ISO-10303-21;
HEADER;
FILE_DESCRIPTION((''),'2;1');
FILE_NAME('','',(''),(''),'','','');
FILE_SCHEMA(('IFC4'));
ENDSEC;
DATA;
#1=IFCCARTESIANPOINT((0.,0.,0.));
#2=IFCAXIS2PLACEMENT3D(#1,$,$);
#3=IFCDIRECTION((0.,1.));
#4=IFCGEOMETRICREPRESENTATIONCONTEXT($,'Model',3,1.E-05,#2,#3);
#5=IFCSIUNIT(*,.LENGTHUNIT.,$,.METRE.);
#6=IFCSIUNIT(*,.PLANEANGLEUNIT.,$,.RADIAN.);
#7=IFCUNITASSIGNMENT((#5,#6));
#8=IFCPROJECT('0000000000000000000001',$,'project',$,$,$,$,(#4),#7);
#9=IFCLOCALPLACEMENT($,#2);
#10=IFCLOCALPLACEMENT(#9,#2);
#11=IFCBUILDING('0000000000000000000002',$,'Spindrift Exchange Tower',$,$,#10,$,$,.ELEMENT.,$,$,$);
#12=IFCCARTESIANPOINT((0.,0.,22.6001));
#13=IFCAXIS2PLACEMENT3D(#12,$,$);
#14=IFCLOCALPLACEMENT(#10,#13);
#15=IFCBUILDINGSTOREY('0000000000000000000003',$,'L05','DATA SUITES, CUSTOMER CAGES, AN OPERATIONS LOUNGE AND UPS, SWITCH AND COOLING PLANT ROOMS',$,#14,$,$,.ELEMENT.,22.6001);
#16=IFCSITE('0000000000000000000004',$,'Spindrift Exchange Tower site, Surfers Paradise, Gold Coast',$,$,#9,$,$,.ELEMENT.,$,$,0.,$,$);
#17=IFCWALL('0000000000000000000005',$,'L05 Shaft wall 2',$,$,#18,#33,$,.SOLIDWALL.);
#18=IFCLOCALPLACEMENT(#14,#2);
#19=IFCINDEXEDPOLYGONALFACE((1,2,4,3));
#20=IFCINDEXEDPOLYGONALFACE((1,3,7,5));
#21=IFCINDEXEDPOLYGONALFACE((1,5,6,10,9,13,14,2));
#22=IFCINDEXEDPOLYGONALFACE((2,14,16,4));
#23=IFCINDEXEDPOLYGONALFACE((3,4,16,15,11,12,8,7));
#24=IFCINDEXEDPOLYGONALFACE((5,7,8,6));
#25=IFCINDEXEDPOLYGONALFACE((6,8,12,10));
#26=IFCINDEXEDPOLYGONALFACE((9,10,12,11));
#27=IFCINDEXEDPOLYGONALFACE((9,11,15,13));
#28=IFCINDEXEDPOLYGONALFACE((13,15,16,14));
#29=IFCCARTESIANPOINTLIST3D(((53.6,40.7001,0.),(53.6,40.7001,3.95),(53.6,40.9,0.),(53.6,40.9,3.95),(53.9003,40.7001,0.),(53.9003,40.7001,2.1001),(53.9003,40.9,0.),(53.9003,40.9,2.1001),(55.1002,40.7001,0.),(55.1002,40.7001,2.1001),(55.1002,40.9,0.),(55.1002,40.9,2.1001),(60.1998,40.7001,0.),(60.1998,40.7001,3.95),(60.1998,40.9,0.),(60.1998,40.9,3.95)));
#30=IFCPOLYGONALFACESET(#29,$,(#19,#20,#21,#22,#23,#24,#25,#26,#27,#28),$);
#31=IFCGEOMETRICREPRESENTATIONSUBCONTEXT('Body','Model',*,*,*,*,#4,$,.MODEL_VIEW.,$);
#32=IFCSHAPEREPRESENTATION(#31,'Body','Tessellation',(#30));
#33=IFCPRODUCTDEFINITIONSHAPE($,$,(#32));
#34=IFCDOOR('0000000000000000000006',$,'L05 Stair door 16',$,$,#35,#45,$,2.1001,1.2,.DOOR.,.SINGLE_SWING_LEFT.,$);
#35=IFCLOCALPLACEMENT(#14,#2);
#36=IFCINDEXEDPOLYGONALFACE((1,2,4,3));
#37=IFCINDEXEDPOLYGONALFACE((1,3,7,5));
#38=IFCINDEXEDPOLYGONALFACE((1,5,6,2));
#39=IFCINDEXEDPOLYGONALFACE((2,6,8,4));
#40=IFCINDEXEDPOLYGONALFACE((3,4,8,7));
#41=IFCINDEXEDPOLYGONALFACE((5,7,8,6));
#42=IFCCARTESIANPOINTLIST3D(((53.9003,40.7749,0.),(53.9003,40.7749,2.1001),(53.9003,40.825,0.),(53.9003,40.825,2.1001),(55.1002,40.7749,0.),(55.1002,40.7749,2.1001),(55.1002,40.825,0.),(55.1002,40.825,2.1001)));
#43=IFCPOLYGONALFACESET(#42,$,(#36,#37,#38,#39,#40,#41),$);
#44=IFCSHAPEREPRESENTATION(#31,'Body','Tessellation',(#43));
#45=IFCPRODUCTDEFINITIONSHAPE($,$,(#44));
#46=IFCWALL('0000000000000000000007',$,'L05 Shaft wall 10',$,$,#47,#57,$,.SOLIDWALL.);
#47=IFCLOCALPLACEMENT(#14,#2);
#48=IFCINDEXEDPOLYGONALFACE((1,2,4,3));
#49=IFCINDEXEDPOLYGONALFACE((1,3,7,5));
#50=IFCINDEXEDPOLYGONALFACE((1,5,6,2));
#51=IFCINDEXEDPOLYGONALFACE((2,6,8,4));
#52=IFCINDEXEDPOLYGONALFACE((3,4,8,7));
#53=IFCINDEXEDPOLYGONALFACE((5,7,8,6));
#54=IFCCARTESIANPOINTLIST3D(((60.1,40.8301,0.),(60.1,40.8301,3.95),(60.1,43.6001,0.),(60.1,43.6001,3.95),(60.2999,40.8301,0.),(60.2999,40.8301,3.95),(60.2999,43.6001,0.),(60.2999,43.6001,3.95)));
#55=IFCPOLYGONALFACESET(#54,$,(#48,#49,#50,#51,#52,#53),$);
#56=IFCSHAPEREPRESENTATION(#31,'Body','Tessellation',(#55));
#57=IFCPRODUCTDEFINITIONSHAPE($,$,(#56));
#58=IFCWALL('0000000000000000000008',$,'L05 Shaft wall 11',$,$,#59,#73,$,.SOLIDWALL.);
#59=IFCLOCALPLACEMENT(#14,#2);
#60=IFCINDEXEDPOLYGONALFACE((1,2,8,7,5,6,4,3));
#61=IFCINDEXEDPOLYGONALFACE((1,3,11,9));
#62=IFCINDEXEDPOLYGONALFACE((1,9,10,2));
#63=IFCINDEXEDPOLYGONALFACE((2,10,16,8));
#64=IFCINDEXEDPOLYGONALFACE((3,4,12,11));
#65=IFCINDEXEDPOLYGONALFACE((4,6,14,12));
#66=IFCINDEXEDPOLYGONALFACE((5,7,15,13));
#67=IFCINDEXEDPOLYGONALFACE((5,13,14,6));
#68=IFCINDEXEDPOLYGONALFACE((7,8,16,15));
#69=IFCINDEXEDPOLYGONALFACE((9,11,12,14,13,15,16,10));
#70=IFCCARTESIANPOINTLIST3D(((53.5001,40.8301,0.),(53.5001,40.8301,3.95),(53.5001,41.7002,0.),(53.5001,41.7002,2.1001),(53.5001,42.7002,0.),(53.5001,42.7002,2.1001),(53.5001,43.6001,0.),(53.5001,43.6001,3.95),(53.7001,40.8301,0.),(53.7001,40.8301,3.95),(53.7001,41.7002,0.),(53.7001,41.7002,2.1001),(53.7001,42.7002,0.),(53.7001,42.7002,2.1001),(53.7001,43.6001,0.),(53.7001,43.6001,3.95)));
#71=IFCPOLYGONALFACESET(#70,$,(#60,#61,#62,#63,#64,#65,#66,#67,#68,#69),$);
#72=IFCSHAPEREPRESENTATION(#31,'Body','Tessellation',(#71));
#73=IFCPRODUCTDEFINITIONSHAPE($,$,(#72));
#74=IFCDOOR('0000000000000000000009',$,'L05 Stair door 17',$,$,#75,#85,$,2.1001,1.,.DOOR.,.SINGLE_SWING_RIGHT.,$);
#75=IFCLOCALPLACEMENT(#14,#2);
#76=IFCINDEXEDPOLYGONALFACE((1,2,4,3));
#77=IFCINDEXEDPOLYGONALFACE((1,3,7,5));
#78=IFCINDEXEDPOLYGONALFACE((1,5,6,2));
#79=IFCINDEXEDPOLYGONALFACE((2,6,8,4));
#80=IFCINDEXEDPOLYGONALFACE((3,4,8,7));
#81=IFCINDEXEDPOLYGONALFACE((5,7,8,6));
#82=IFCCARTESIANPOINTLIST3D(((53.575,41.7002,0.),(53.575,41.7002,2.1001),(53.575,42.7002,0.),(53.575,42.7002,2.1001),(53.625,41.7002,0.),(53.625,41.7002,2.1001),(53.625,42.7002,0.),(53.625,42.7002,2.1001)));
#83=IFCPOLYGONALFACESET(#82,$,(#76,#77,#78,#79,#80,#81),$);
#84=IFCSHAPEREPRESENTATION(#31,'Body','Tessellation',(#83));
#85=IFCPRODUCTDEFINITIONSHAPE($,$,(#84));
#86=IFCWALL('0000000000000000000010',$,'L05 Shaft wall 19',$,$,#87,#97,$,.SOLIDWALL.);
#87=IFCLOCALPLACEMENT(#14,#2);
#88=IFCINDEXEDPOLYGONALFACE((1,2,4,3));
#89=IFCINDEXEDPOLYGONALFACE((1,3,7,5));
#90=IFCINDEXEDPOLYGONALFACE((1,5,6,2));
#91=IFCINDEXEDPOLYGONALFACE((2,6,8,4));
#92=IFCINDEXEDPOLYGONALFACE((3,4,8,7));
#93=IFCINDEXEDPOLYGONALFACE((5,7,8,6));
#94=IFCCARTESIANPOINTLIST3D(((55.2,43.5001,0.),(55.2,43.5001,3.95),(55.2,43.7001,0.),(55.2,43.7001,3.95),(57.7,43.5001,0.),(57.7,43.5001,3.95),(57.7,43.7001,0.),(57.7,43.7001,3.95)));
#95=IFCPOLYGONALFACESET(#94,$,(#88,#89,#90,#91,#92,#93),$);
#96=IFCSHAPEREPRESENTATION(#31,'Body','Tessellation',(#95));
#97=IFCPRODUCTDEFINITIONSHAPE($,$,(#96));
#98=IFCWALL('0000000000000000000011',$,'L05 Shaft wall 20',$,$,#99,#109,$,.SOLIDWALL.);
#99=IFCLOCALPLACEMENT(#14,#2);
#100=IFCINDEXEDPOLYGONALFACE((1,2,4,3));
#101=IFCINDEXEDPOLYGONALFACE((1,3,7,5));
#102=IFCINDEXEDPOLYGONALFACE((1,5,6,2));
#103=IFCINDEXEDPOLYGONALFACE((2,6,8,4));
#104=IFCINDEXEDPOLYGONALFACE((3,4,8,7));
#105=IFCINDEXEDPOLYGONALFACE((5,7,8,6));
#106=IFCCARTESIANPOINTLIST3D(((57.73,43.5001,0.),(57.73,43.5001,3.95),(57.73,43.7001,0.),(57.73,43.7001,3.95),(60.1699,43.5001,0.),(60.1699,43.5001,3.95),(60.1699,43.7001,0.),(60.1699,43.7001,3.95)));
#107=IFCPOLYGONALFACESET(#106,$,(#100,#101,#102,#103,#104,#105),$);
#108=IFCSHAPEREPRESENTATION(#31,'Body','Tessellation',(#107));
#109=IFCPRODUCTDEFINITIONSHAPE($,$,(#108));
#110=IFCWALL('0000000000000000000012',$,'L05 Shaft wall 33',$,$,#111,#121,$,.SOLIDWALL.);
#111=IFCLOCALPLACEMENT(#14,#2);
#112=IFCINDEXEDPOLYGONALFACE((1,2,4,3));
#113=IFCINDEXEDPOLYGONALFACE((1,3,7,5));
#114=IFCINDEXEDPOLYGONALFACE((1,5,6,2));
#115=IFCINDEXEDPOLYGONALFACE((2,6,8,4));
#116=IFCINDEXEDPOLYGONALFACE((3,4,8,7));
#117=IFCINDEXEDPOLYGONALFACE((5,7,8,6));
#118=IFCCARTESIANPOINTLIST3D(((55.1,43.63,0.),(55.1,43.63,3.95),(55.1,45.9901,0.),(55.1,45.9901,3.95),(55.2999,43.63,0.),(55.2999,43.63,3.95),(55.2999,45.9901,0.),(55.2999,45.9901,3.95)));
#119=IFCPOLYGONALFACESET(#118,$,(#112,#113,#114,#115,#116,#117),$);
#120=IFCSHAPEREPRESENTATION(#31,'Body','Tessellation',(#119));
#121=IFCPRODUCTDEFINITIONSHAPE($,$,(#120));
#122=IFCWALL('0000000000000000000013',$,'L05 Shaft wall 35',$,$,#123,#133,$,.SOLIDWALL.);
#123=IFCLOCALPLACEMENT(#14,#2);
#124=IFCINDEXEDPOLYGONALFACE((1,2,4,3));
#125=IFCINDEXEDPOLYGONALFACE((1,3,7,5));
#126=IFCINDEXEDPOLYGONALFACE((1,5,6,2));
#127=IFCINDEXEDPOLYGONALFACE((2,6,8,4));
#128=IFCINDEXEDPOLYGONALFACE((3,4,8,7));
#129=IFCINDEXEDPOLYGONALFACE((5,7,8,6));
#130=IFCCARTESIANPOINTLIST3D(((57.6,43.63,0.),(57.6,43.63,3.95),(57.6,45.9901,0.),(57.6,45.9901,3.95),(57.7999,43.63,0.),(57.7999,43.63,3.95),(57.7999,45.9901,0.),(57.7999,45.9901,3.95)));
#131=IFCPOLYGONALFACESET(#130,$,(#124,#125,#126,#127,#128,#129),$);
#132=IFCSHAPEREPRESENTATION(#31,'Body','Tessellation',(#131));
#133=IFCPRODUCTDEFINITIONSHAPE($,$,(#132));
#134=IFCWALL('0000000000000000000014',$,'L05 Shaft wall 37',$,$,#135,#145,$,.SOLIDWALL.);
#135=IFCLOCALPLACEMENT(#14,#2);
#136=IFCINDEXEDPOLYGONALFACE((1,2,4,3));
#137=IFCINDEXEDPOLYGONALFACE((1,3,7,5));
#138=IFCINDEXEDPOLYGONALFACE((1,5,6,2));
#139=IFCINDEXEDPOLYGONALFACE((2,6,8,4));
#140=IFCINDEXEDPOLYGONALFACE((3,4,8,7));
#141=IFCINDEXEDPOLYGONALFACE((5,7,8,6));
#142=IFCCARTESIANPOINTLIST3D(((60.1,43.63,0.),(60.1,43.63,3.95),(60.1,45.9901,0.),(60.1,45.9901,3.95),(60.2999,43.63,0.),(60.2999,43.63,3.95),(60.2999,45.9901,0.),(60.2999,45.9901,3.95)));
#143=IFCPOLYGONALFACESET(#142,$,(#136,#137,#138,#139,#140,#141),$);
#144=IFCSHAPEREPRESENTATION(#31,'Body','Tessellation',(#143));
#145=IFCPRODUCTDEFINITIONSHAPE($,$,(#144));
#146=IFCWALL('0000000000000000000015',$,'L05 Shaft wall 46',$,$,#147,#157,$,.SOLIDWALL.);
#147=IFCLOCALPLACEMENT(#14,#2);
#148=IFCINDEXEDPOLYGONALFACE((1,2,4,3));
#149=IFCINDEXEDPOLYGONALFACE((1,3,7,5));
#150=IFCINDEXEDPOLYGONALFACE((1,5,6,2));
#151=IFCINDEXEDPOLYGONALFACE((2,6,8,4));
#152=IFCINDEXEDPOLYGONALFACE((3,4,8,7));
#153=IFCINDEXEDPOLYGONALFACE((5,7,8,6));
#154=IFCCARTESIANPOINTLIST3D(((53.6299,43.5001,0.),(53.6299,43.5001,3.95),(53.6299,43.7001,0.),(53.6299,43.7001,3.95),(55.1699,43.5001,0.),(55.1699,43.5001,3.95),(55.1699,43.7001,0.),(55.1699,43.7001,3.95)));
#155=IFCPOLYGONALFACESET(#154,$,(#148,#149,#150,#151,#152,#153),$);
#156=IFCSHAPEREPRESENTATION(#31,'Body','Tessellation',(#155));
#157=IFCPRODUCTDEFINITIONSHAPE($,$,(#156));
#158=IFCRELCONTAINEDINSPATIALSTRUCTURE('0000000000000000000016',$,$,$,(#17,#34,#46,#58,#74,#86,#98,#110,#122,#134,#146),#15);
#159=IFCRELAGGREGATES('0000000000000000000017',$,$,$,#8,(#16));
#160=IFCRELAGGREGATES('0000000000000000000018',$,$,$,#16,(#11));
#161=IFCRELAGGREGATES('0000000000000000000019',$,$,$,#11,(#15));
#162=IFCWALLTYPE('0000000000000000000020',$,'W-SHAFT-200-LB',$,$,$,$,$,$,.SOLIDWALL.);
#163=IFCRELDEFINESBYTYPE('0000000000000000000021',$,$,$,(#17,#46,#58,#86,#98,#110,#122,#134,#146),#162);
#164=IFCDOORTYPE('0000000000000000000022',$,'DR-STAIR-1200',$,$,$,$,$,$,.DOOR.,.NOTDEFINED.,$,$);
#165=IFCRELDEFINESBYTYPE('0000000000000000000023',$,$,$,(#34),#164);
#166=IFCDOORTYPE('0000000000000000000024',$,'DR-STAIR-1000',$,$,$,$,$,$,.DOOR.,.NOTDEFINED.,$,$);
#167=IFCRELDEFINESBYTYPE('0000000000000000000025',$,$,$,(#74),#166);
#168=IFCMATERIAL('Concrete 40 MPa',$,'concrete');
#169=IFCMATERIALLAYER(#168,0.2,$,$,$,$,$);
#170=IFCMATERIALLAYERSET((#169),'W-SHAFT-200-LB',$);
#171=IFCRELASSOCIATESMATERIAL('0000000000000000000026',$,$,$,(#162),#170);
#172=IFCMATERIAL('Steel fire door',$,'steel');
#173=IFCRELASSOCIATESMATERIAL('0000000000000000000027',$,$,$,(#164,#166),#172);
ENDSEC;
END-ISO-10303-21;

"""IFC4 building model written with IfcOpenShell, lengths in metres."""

from ifc_helpers import new_model, si_unit, direction, frame, frame_2d, origin, place, context, subcontext, project, spatial, rectangle, extrude, source, transform, mapped, material, layer, layer_set, type_object, element, fill, save


model = new_model("IFC4")

# Units and contexts
model_context = context("Model", 3, precision=1e-05, world=origin(), true_north=direction((0.0, 1.0)))
body_context = subcontext(model_context, "Body", "Model", "MODEL_VIEW")
ifc_project = project(units=[si_unit("LENGTHUNIT", "METRE"), si_unit("PLANEANGLEUNIT", "RADIAN")], contexts=[model_context])

# Site, building, storey
site_placement = place(None, origin())
site = spatial("IfcSite", under=ifc_project, at=site_placement, Name="Spindrift Exchange Tower site, Surfers Paradise, Gold Coast", CompositionType="ELEMENT", RefElevation=0.0)
building_placement = place(site_placement, origin())
building = spatial("IfcBuilding", under=site, at=building_placement, Name="Spindrift Exchange Tower", CompositionType="ELEMENT")
storey_placement = place(building_placement, frame((0.0, 0.0, 22.6001)))
storey = spatial("IfcBuildingStorey", under=building, at=storey_placement, Name="L05", Description="DATA SUITES, CUSTOMER CAGES, AN OPERATIONS LOUNGE AND UPS, SWITCH AND COOLING PLANT ROOMS", CompositionType="ELEMENT", Elevation=22.6001)

# Wall, opening, door
ifc_material_1 = material(Name="Concrete 40 MPa", Category="concrete")
ifc_layer_1 = layer(ifc_material_1, 0.2)
ifc_layer_set_1 = layer_set([ifc_layer_1], Name="W-SHAFT-200-LB")
wall_type_1 = type_object("IfcWallType", Name="W-SHAFT-200-LB", PredefinedType="SOLIDWALL", material=ifc_layer_set_1)
wall_1_placement = place(storey_placement, frame((53.6001, 40.8, 0.0), z_axis=(0.0, 0.0, 1.0), x_axis=(1.0, 0.0, 0.0)))
wall_1 = element("IfcWall", 1, at=wall_1_placement, inside=storey, type_object=wall_type_1, Name="L05 Shaft wall 2", PredefinedType="SOLIDWALL", context=body_context, shape_type="SweptSolid", body=[
    extrude(rectangle(XDim=6.5999, YDim=0.2, at=frame_2d((3.2998, 0.0))), origin(), (0.0, 0.0, 1.0), 3.95),
])
opening_1_placement = place(wall_1_placement, frame((0.3, 0.0, 0.0)))
opening_1 = element("IfcOpeningElement", 2, at=opening_1_placement, cuts=wall_1, PredefinedType="OPENING", context=body_context, shape_type="SweptSolid", body=[
    extrude(rectangle(XDim=1.2, YDim=2.1001, at=frame_2d((0.6001, 1.05))), frame((0.0, 0.1099, 0.0), z_axis=(0.0, -1.0, 0.0), x_axis=(1.0, 0.0, 0.0)), (0.0, 0.0, 1.0), 0.22),
])
ifc_material_2 = material(Name="Steel fire door", Category="steel")
door_type_1 = type_object("IfcDoorType", Name="DR-STAIR-1200", OperationType="NOTDEFINED", PredefinedType="DOOR", material=ifc_material_2)
shared_shape_1 = source(origin(), body_context, "Body", "SweptSolid", [
    extrude(rectangle(XDim=1.2, YDim=2.1001, at=frame_2d((0.6001, 1.05))), frame((0.0, 0.0249, 0.0), z_axis=(0.0, -1.0, 0.0), x_axis=(1.0, 0.0, 0.0)), (0.0, 0.0, 1.0), 0.05),
])
door_1_placement = place(opening_1_placement, origin())
door_1 = element("IfcDoor", 3, at=door_1_placement, inside=storey, type_object=door_type_1, Name="L05 Stair door 16", OperationType="SINGLE_SWING_LEFT", OverallHeight=2.1001, OverallWidth=1.2, PredefinedType="DOOR", context=body_context, shape_type="MappedRepresentation", body=[
    mapped(shared_shape_1, transform((0.0, 0.0, 0.0), scale=1.0)),
])
fill(opening_1, door_1)

# Wall
wall_2_placement = place(storey_placement, frame((60.2, 40.8301, 0.0), z_axis=(0.0, 0.0, 1.0), x_axis=(0.0, 1.0, 0.0)))
element("IfcWall", 4, at=wall_2_placement, inside=storey, type_object=wall_type_1, Name="L05 Shaft wall 10", PredefinedType="SOLIDWALL", context=body_context, shape_type="SweptSolid", body=[
    extrude(rectangle(XDim=2.77, YDim=0.2, at=frame_2d((1.385, 0.0))), origin(), (0.0, 0.0, 1.0), 3.95),
])

# Wall, opening, door
wall_3_placement = place(storey_placement, frame((53.6001, 43.6001, 0.0), z_axis=(0.0, 0.0, 1.0), x_axis=(0.0, -1.0, 0.0)))
wall_3 = element("IfcWall", 5, at=wall_3_placement, inside=storey, type_object=wall_type_1, Name="L05 Shaft wall 11", PredefinedType="SOLIDWALL", context=body_context, shape_type="SweptSolid", body=[
    extrude(rectangle(XDim=2.77, YDim=0.2, at=frame_2d((1.385, 0.0))), origin(), (0.0, 0.0, 1.0), 3.95),
])
opening_2_placement = place(wall_3_placement, frame((0.8999, 0.0, 0.0)))
opening_2 = element("IfcOpeningElement", 6, at=opening_2_placement, cuts=wall_3, PredefinedType="OPENING", context=body_context, shape_type="SweptSolid", body=[
    extrude(rectangle(XDim=1.0, YDim=2.1001, at=frame_2d((0.5, 1.05))), frame((0.0, 0.1099, 0.0), z_axis=(0.0, -1.0, 0.0), x_axis=(1.0, 0.0, 0.0)), (0.0, 0.0, 1.0), 0.22),
])
door_type_2 = type_object("IfcDoorType", Name="DR-STAIR-1000", OperationType="NOTDEFINED", PredefinedType="DOOR", material=ifc_material_2)
shared_shape_2 = source(origin(), body_context, "Body", "SweptSolid", [
    extrude(rectangle(XDim=1.0, YDim=2.1001, at=frame_2d((0.5, 1.05))), frame((0.0, 0.0249, 0.0), z_axis=(0.0, -1.0, 0.0), x_axis=(1.0, 0.0, 0.0)), (0.0, 0.0, 1.0), 0.05),
])
door_2_placement = place(opening_2_placement, origin())
door_2 = element("IfcDoor", 7, at=door_2_placement, inside=storey, type_object=door_type_2, Name="L05 Stair door 17", OperationType="SINGLE_SWING_RIGHT", OverallHeight=2.1001, OverallWidth=1.0, PredefinedType="DOOR", context=body_context, shape_type="MappedRepresentation", body=[
    mapped(shared_shape_2, transform((0.0, 0.0, 0.0), scale=1.0)),
])
fill(opening_2, door_2)

# Walls
wall_4_placement = place(storey_placement, frame((55.2, 43.6001, 0.0), z_axis=(0.0, 0.0, 1.0), x_axis=(1.0, 0.0, 0.0)))
element("IfcWall", 8, at=wall_4_placement, inside=storey, type_object=wall_type_1, Name="L05 Shaft wall 19", PredefinedType="SOLIDWALL", context=body_context, shape_type="SweptSolid", body=[
    extrude(rectangle(XDim=2.5, YDim=0.2, at=frame_2d((1.25, 0.0))), origin(), (0.0, 0.0, 1.0), 3.95),
])
wall_5_placement = place(storey_placement, frame((57.73, 43.6001, 0.0), z_axis=(0.0, 0.0, 1.0), x_axis=(1.0, 0.0, 0.0)))
element("IfcWall", 9, at=wall_5_placement, inside=storey, type_object=wall_type_1, Name="L05 Shaft wall 20", PredefinedType="SOLIDWALL", context=body_context, shape_type="SweptSolid", body=[
    extrude(rectangle(XDim=2.4399, YDim=0.2, at=frame_2d((1.22, 0.0))), origin(), (0.0, 0.0, 1.0), 3.95),
])
for number, where, z_axis, x_axis, name in (
    (10, (55.2, 43.6299, 0.0), (0.0, 0.0, 1.0), (0.0, 1.0, 0.0), "L05 Shaft wall 33"),
    (11, (57.7, 43.6299, 0.0), (0.0, 0.0, 1.0), (0.0, 1.0, 0.0), "L05 Shaft wall 35"),
    (12, (60.2, 43.6299, 0.0), (0.0, 0.0, 1.0), (0.0, 1.0, 0.0), "L05 Shaft wall 37"),
):
    element("IfcWall", number, at=place(storey_placement, frame(where, z_axis=z_axis, x_axis=x_axis)), inside=storey, type_object=wall_type_1, Name=name, PredefinedType="SOLIDWALL", context=body_context, shape_type="SweptSolid", body=[
        extrude(rectangle(XDim=2.3601, YDim=0.2, at=frame_2d((1.1802, 0.0))), origin(), (0.0, 0.0, 1.0), 3.95),
    ])
wall_6_placement = place(storey_placement, frame((53.6299, 43.6001, 0.0), z_axis=(0.0, 0.0, 1.0), x_axis=(1.0, 0.0, 0.0)))
element("IfcWall", 13, at=wall_6_placement, inside=storey, type_object=wall_type_1, Name="L05 Shaft wall 46", PredefinedType="SOLIDWALL", context=body_context, shape_type="SweptSolid", body=[
    extrude(rectangle(XDim=1.54, YDim=0.2, at=frame_2d((0.77, 0.0))), origin(), (0.0, 0.0, 1.0), 3.95),
])

save(model, "model.ifc")
